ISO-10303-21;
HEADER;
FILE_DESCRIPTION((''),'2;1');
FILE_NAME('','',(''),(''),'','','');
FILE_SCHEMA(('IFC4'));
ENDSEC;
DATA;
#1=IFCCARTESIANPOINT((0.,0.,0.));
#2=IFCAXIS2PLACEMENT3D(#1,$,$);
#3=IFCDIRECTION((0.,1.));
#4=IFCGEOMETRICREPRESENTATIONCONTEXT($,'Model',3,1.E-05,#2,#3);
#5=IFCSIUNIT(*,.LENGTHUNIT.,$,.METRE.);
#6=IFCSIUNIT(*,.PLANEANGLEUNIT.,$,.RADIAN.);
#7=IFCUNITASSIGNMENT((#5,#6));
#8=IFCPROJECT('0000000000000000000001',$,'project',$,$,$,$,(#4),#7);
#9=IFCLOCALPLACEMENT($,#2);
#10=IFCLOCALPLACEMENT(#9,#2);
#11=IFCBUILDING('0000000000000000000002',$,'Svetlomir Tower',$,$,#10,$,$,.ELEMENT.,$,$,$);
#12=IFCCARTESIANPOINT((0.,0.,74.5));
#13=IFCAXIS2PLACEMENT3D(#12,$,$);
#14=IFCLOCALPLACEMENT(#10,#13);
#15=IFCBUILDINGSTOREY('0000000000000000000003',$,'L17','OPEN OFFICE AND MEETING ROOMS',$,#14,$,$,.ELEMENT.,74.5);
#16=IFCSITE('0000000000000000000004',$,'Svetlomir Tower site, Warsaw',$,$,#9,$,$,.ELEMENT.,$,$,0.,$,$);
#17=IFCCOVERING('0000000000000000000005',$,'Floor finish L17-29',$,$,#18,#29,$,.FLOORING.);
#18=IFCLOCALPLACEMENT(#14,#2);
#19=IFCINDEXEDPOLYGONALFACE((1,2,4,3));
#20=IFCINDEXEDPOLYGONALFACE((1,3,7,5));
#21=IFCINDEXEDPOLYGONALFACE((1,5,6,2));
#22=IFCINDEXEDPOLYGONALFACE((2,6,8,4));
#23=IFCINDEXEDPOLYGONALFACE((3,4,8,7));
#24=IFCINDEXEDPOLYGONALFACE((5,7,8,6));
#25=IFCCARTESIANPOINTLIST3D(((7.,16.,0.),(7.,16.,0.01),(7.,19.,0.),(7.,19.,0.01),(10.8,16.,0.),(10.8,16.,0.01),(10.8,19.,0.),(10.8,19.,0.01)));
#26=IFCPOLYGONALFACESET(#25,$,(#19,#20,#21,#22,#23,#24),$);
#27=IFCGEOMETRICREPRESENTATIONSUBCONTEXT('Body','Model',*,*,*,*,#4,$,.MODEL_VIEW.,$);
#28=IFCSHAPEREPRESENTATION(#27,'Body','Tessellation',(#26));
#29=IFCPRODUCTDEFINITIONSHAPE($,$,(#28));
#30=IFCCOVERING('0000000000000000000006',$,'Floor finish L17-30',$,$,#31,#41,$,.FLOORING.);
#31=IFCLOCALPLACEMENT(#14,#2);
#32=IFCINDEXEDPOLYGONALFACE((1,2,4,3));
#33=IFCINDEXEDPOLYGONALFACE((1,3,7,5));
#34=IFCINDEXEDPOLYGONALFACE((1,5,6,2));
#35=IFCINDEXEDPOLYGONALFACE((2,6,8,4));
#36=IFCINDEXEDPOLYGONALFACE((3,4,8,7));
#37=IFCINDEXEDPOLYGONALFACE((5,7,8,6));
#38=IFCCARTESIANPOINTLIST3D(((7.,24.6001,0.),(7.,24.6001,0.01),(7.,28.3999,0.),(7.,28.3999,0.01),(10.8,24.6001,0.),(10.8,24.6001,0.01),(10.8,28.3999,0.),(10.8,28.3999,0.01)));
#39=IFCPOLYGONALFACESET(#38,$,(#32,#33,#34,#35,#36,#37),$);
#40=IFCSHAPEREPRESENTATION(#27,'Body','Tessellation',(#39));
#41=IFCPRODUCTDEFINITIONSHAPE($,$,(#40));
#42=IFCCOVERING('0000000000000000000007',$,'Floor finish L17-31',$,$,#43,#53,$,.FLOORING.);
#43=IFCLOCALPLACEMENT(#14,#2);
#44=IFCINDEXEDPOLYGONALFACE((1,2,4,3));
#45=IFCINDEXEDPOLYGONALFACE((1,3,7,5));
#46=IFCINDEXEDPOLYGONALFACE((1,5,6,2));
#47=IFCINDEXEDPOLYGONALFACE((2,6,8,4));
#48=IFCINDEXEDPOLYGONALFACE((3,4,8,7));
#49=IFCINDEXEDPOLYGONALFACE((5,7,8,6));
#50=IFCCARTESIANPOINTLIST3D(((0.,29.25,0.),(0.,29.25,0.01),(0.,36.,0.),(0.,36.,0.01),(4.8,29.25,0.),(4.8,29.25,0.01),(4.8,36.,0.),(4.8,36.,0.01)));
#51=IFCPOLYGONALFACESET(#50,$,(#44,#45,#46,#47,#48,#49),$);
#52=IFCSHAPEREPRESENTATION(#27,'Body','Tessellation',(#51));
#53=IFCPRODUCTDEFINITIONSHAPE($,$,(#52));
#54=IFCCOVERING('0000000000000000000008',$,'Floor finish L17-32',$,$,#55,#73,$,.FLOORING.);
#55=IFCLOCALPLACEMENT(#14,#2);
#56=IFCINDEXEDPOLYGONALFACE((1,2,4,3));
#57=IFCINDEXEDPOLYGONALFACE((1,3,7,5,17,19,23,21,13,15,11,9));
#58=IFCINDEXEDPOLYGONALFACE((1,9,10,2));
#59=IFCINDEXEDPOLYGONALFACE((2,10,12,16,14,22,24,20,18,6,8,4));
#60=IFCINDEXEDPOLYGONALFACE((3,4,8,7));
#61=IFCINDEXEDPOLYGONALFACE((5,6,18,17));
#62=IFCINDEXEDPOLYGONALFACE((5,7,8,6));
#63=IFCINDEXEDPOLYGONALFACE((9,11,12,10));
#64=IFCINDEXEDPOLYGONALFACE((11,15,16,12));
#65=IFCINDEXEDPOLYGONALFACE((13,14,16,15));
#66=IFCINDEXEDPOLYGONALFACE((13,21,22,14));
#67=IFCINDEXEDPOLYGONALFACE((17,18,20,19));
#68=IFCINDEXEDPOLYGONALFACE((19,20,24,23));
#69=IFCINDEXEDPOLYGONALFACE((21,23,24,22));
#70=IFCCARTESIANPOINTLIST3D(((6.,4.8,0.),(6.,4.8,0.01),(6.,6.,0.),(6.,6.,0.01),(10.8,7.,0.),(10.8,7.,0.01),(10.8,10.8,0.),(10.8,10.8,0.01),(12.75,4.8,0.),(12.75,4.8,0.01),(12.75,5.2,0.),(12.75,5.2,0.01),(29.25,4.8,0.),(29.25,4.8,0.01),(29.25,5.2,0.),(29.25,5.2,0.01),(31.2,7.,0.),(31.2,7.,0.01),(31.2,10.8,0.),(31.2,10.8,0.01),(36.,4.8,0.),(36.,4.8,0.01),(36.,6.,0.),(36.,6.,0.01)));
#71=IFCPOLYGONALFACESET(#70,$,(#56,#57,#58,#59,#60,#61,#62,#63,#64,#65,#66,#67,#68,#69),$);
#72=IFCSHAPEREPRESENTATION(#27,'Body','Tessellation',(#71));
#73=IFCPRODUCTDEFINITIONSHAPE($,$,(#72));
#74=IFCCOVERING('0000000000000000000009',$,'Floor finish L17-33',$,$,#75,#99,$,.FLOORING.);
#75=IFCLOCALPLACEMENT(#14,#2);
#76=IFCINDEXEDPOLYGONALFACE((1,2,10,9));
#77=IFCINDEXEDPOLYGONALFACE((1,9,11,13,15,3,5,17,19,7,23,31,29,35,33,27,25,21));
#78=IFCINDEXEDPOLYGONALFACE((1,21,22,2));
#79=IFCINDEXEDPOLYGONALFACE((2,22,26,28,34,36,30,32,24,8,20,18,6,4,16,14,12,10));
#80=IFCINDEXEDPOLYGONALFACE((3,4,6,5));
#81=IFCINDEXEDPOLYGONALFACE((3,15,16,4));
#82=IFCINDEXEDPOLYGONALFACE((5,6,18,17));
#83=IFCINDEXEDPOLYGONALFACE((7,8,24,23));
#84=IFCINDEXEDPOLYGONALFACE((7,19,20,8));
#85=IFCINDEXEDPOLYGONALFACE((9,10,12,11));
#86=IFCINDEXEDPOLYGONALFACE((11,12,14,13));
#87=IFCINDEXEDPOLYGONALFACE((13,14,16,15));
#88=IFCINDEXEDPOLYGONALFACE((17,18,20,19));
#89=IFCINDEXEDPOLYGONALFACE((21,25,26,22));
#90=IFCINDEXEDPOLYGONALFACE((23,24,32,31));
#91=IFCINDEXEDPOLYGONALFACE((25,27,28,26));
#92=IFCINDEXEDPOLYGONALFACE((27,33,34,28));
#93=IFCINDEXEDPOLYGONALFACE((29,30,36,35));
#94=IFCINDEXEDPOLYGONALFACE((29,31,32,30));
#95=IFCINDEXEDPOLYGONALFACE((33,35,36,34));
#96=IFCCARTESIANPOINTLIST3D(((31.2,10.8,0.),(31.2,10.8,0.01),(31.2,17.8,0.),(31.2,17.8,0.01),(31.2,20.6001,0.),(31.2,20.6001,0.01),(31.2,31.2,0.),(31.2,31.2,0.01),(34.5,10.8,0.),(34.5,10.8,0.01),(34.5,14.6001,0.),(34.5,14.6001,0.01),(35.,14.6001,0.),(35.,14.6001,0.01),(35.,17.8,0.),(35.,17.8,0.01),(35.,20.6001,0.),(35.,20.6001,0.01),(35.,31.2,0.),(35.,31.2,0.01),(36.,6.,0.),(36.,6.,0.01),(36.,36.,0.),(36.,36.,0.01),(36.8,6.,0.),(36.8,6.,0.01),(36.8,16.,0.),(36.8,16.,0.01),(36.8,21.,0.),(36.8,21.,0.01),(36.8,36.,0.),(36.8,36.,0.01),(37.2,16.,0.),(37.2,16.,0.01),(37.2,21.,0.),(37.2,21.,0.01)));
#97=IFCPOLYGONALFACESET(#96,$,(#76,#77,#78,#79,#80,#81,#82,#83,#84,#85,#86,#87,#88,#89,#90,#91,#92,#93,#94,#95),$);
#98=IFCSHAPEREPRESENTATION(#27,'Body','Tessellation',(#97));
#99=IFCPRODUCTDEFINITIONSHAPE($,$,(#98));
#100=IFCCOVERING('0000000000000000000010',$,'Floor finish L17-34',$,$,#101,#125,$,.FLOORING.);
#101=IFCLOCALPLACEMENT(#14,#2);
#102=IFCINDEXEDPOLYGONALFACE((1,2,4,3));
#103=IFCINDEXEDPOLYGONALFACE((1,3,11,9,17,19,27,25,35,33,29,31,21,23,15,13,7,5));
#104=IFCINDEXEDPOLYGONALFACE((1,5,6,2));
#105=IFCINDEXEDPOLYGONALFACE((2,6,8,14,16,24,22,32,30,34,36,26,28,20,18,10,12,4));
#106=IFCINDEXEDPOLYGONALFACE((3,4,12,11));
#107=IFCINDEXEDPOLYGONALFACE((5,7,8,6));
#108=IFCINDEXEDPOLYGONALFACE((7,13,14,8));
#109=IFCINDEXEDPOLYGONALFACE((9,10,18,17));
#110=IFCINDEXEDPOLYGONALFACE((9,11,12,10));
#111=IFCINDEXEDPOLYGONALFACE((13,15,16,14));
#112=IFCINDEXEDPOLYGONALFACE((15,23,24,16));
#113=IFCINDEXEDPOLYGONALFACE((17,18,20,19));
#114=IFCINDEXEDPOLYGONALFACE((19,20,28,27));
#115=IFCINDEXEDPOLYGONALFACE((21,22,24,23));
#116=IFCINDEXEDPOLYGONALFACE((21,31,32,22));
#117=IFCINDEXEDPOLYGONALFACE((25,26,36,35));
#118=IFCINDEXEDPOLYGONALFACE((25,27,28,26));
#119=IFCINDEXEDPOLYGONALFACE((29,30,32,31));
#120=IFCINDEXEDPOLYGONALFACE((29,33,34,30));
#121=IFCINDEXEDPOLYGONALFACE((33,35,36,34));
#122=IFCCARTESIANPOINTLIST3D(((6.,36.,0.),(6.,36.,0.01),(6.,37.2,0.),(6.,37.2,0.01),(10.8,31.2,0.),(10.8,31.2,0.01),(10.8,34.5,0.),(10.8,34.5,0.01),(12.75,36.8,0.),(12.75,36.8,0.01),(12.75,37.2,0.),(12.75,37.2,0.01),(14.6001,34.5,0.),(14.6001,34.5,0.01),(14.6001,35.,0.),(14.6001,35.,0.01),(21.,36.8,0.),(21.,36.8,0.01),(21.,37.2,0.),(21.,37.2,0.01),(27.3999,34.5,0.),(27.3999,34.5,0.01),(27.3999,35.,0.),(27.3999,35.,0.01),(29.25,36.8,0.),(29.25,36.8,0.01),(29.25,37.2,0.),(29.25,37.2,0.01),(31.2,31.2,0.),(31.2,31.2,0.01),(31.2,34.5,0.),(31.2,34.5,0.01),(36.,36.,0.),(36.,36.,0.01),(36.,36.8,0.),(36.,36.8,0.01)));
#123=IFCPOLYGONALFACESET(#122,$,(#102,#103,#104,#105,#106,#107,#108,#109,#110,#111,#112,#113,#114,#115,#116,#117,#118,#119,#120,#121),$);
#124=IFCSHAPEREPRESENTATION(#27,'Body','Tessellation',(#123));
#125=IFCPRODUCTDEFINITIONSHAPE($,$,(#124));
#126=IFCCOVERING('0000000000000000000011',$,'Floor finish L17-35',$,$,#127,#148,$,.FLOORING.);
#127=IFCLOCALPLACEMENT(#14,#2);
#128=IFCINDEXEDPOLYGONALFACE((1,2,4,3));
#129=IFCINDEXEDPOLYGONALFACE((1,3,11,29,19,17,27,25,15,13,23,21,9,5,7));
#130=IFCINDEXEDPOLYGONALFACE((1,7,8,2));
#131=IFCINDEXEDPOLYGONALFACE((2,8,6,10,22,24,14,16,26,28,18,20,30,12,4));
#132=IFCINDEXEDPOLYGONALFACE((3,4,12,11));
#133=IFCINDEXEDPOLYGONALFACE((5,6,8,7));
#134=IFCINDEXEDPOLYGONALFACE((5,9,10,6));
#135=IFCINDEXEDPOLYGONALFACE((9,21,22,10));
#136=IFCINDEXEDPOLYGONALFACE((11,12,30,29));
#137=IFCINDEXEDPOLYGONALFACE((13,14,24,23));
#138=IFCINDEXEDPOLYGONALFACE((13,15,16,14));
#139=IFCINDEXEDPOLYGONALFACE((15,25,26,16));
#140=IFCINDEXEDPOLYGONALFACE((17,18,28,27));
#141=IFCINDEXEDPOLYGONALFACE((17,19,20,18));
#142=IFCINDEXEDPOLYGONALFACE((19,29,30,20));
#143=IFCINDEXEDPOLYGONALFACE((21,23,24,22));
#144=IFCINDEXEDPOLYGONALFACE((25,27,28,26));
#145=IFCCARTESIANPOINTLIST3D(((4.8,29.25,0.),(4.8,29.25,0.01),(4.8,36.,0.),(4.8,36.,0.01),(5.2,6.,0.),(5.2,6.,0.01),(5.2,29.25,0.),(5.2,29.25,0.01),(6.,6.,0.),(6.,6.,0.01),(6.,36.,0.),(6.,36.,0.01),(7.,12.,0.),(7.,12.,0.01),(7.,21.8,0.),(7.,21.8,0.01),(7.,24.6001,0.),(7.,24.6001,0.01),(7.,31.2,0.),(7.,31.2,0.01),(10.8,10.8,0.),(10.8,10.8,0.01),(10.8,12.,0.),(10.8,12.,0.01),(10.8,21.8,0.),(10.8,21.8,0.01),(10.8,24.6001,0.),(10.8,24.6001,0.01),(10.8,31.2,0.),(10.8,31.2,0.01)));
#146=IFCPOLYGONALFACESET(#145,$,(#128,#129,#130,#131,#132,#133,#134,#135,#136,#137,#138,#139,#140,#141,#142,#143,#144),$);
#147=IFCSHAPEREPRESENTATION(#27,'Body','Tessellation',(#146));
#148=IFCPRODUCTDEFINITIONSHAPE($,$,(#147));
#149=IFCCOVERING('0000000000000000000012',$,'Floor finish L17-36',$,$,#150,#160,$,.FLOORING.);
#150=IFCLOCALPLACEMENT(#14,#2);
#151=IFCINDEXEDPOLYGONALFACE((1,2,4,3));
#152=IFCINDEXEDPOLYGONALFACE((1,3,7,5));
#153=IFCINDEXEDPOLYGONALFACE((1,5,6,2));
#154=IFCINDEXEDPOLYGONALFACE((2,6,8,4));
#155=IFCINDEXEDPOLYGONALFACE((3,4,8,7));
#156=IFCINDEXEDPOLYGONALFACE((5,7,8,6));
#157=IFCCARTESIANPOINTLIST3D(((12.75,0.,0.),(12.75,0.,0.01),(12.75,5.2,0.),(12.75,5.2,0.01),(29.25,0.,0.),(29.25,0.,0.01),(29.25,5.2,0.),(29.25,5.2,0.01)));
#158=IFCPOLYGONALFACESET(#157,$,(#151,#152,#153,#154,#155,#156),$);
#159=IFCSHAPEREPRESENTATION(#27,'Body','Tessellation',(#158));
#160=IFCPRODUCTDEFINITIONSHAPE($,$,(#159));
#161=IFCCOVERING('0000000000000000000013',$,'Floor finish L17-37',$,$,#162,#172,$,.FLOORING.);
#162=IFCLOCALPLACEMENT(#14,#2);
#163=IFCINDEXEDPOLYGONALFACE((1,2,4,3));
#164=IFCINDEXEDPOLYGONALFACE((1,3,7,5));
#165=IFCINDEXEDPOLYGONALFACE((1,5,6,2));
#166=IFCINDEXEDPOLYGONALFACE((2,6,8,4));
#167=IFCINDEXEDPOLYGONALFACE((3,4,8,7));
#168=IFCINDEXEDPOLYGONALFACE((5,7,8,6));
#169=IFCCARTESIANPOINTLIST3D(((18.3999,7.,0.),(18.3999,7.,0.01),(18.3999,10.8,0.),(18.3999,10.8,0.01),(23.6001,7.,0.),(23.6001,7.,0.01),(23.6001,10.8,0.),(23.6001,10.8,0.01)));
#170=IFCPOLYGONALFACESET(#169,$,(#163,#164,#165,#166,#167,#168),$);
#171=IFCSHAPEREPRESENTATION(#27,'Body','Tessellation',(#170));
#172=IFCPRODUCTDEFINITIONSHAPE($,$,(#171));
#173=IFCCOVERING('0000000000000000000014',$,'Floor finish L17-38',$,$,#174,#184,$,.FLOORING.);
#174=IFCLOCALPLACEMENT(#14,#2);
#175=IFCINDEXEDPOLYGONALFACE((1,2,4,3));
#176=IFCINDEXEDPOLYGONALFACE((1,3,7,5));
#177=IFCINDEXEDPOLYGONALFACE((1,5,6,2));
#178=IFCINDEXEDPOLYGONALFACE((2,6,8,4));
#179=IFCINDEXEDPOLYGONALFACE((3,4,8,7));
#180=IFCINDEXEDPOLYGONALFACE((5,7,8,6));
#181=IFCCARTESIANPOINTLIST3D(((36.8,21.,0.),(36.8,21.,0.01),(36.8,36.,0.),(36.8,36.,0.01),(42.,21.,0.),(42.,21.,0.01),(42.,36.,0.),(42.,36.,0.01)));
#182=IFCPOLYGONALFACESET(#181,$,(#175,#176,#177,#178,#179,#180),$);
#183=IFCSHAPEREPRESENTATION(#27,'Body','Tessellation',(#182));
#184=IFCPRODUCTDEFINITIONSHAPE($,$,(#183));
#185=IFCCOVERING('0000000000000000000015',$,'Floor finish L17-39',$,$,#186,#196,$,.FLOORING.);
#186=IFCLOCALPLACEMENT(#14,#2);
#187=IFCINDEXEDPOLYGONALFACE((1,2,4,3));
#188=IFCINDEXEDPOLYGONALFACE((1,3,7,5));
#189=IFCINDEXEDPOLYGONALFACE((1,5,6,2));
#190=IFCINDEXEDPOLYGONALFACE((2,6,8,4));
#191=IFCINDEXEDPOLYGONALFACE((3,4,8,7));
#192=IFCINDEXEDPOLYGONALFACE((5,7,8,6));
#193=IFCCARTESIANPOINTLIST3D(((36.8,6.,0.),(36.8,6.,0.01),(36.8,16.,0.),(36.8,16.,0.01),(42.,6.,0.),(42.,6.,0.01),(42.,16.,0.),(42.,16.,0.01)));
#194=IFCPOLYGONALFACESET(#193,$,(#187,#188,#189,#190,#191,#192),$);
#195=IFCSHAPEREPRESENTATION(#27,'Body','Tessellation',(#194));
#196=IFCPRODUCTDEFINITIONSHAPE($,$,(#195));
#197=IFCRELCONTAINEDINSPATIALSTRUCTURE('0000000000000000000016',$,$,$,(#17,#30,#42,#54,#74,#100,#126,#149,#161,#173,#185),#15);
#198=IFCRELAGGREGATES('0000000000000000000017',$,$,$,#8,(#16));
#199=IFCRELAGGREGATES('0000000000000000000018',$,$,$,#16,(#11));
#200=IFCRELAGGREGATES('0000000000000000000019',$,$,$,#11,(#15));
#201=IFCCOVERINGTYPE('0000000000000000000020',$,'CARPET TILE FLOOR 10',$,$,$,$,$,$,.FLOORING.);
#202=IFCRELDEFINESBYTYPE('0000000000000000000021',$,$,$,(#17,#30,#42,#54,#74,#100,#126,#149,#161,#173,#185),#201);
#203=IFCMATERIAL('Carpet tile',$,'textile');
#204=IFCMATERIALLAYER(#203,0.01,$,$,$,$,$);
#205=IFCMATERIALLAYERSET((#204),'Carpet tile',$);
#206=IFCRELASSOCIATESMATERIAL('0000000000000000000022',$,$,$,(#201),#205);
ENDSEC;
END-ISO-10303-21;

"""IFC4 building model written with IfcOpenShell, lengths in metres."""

from ifc_helpers import new_model, si_unit, direction, frame, origin, place, context, subcontext, project, spatial, polyline, outline, extrude, material, layer, layer_set, type_object, element, save


model = new_model("IFC4")

# Units and contexts
model_context = context("Model", 3, precision=1e-05, world=origin(), true_north=direction((0.0, 1.0)))
body_context = subcontext(model_context, "Body", "Model", "MODEL_VIEW")
ifc_project = project(units=[si_unit("LENGTHUNIT", "METRE"), si_unit("PLANEANGLEUNIT", "RADIAN")], contexts=[model_context])

# Site, building, storey
site_placement = place(None, origin())
site = spatial("IfcSite", under=ifc_project, at=site_placement, Name="Svetlomir Tower site, Warsaw", CompositionType="ELEMENT", RefElevation=0.0)
building_placement = place(site_placement, origin())
building = spatial("IfcBuilding", under=site, at=building_placement, Name="Svetlomir Tower", CompositionType="ELEMENT")
storey_placement = place(building_placement, frame((0.0, 0.0, 74.5)))
storey = spatial("IfcBuildingStorey", under=building, at=storey_placement, Name="L17", Description="OPEN OFFICE AND MEETING ROOMS", CompositionType="ELEMENT", Elevation=74.5)

# Coverings
ifc_material_1 = material(Name="Carpet tile", Category="textile")
ifc_layer_1 = layer(ifc_material_1, 0.01)
ifc_layer_set_1 = layer_set([ifc_layer_1], Name="Carpet tile")
covering_type_1 = type_object("IfcCoveringType", Name="CARPET TILE FLOOR 10", PredefinedType="FLOORING", material=ifc_layer_set_1)
covering_1_placement = place(storey_placement, origin())
element("IfcCovering", 1, at=covering_1_placement, inside=storey, type_object=covering_type_1, Name="Floor finish L17-29", PredefinedType="FLOORING", context=body_context, shape_type="SweptSolid", body=[
    extrude(outline(polyline([(7.0, 16.0), (10.8, 16.0), (10.8, 19.0), (7.0, 19.0), (7.0, 16.0)])), origin(), (0.0, 0.0, 1.0), 0.01),
])
covering_2_placement = place(storey_placement, origin())
element("IfcCovering", 2, at=covering_2_placement, inside=storey, type_object=covering_type_1, Name="Floor finish L17-30", PredefinedType="FLOORING", context=body_context, shape_type="SweptSolid", body=[
    extrude(outline(polyline([(7.0, 24.6001), (10.8, 24.6001), (10.8, 28.3999), (7.0, 28.3999), (7.0, 24.6001)])), origin(), (0.0, 0.0, 1.0), 0.01),
])
covering_3_placement = place(storey_placement, origin())
element("IfcCovering", 3, at=covering_3_placement, inside=storey, type_object=covering_type_1, Name="Floor finish L17-31", PredefinedType="FLOORING", context=body_context, shape_type="SweptSolid", body=[
    extrude(outline(polyline([(0.0, 29.25), (4.8, 29.25), (4.8, 36.0), (0.0, 36.0), (0.0, 29.25)])), origin(), (0.0, 0.0, 1.0), 0.01),
])
covering_4_placement = place(storey_placement, origin())
element("IfcCovering", 4, at=covering_4_placement, inside=storey, type_object=covering_type_1, Name="Floor finish L17-32", PredefinedType="FLOORING", context=body_context, shape_type="SweptSolid", body=[
    extrude(outline(polyline([(6.0, 6.0), (10.8, 10.8), (10.8, 7.0), (31.2, 7.0), (31.2, 10.8), (36.0, 6.0), (36.0, 4.8), (29.25, 4.8), (29.25, 5.2), (12.75, 5.2), (12.75, 4.8), (6.0, 4.8), (6.0, 6.0)])), origin(), (0.0, 0.0, 1.0), 0.01),
])
covering_5_placement = place(storey_placement, origin())
element("IfcCovering", 5, at=covering_5_placement, inside=storey, type_object=covering_type_1, Name="Floor finish L17-33", PredefinedType="FLOORING", context=body_context, shape_type="SweptSolid", body=[
    extrude(outline(polyline([(31.2, 20.6001), (35.0, 20.6001), (35.0, 31.2), (31.2, 31.2), (36.0, 36.0), (36.8, 36.0), (36.8, 21.0), (37.2, 21.0), (37.2, 16.0), (36.8, 16.0), (36.8, 6.0), (36.0, 6.0), (31.2, 10.8), (34.5, 10.8), (34.5, 14.6001), (35.0, 14.6001), (35.0, 17.8), (31.2, 17.8), (31.2, 20.6001)])), origin(), (0.0, 0.0, 1.0), 0.01),
])
covering_6_placement = place(storey_placement, origin())
element("IfcCovering", 6, at=covering_6_placement, inside=storey, type_object=covering_type_1, Name="Floor finish L17-34", PredefinedType="FLOORING", context=body_context, shape_type="SweptSolid", body=[
    extrude(outline(polyline([(6.0, 37.2), (12.75, 37.2), (12.75, 36.8), (21.0, 36.8), (21.0, 37.2), (29.25, 37.2), (29.25, 36.8), (36.0, 36.8), (36.0, 36.0), (31.2, 31.2), (31.2, 34.5), (27.3999, 34.5), (27.3999, 35.0), (14.6001, 35.0), (14.6001, 34.5), (10.8, 34.5), (10.8, 31.2), (6.0, 36.0), (6.0, 37.2)])), origin(), (0.0, 0.0, 1.0), 0.01),
])
covering_7_placement = place(storey_placement, origin())
element("IfcCovering", 7, at=covering_7_placement, inside=storey, type_object=covering_type_1, Name="Floor finish L17-35", PredefinedType="FLOORING", context=body_context, shape_type="SweptSolid", body=[
    extrude(outline(polyline([(5.2, 6.0), (5.2, 29.25), (4.8, 29.25), (4.8, 36.0), (6.0, 36.0), (10.8, 31.2), (7.0, 31.2), (7.0, 24.6001), (10.8, 24.6001), (10.8, 21.8), (7.0, 21.8), (7.0, 12.0), (10.8, 12.0), (10.8, 10.8), (6.0, 6.0), (5.2, 6.0)])), origin(), (0.0, 0.0, 1.0), 0.01),
])
covering_8_placement = place(storey_placement, origin())
element("IfcCovering", 8, at=covering_8_placement, inside=storey, type_object=covering_type_1, Name="Floor finish L17-36", PredefinedType="FLOORING", context=body_context, shape_type="SweptSolid", body=[
    extrude(outline(polyline([(12.75, 5.2), (29.25, 5.2), (29.25, 0.0), (12.75, 0.0), (12.75, 5.2)])), origin(), (0.0, 0.0, 1.0), 0.01),
])
covering_9_placement = place(storey_placement, origin())
element("IfcCovering", 9, at=covering_9_placement, inside=storey, type_object=covering_type_1, Name="Floor finish L17-37", PredefinedType="FLOORING", context=body_context, shape_type="SweptSolid", body=[
    extrude(outline(polyline([(23.6001, 10.8), (23.6001, 7.0), (18.3999, 7.0), (18.3999, 10.8), (23.6001, 10.8)])), origin(), (0.0, 0.0, 1.0), 0.01),
])
covering_10_placement = place(storey_placement, origin())
element("IfcCovering", 10, at=covering_10_placement, inside=storey, type_object=covering_type_1, Name="Floor finish L17-38", PredefinedType="FLOORING", context=body_context, shape_type="SweptSolid", body=[
    extrude(outline(polyline([(42.0, 21.0), (36.8, 21.0), (36.8, 36.0), (42.0, 36.0), (42.0, 21.0)])), origin(), (0.0, 0.0, 1.0), 0.01),
])
covering_11_placement = place(storey_placement, origin())
element("IfcCovering", 11, at=covering_11_placement, inside=storey, type_object=covering_type_1, Name="Floor finish L17-39", PredefinedType="FLOORING", context=body_context, shape_type="SweptSolid", body=[
    extrude(outline(polyline([(42.0, 6.0), (36.8, 6.0), (36.8, 16.0), (42.0, 16.0), (42.0, 6.0)])), origin(), (0.0, 0.0, 1.0), 0.01),
])

save(model, "model.ifc")
